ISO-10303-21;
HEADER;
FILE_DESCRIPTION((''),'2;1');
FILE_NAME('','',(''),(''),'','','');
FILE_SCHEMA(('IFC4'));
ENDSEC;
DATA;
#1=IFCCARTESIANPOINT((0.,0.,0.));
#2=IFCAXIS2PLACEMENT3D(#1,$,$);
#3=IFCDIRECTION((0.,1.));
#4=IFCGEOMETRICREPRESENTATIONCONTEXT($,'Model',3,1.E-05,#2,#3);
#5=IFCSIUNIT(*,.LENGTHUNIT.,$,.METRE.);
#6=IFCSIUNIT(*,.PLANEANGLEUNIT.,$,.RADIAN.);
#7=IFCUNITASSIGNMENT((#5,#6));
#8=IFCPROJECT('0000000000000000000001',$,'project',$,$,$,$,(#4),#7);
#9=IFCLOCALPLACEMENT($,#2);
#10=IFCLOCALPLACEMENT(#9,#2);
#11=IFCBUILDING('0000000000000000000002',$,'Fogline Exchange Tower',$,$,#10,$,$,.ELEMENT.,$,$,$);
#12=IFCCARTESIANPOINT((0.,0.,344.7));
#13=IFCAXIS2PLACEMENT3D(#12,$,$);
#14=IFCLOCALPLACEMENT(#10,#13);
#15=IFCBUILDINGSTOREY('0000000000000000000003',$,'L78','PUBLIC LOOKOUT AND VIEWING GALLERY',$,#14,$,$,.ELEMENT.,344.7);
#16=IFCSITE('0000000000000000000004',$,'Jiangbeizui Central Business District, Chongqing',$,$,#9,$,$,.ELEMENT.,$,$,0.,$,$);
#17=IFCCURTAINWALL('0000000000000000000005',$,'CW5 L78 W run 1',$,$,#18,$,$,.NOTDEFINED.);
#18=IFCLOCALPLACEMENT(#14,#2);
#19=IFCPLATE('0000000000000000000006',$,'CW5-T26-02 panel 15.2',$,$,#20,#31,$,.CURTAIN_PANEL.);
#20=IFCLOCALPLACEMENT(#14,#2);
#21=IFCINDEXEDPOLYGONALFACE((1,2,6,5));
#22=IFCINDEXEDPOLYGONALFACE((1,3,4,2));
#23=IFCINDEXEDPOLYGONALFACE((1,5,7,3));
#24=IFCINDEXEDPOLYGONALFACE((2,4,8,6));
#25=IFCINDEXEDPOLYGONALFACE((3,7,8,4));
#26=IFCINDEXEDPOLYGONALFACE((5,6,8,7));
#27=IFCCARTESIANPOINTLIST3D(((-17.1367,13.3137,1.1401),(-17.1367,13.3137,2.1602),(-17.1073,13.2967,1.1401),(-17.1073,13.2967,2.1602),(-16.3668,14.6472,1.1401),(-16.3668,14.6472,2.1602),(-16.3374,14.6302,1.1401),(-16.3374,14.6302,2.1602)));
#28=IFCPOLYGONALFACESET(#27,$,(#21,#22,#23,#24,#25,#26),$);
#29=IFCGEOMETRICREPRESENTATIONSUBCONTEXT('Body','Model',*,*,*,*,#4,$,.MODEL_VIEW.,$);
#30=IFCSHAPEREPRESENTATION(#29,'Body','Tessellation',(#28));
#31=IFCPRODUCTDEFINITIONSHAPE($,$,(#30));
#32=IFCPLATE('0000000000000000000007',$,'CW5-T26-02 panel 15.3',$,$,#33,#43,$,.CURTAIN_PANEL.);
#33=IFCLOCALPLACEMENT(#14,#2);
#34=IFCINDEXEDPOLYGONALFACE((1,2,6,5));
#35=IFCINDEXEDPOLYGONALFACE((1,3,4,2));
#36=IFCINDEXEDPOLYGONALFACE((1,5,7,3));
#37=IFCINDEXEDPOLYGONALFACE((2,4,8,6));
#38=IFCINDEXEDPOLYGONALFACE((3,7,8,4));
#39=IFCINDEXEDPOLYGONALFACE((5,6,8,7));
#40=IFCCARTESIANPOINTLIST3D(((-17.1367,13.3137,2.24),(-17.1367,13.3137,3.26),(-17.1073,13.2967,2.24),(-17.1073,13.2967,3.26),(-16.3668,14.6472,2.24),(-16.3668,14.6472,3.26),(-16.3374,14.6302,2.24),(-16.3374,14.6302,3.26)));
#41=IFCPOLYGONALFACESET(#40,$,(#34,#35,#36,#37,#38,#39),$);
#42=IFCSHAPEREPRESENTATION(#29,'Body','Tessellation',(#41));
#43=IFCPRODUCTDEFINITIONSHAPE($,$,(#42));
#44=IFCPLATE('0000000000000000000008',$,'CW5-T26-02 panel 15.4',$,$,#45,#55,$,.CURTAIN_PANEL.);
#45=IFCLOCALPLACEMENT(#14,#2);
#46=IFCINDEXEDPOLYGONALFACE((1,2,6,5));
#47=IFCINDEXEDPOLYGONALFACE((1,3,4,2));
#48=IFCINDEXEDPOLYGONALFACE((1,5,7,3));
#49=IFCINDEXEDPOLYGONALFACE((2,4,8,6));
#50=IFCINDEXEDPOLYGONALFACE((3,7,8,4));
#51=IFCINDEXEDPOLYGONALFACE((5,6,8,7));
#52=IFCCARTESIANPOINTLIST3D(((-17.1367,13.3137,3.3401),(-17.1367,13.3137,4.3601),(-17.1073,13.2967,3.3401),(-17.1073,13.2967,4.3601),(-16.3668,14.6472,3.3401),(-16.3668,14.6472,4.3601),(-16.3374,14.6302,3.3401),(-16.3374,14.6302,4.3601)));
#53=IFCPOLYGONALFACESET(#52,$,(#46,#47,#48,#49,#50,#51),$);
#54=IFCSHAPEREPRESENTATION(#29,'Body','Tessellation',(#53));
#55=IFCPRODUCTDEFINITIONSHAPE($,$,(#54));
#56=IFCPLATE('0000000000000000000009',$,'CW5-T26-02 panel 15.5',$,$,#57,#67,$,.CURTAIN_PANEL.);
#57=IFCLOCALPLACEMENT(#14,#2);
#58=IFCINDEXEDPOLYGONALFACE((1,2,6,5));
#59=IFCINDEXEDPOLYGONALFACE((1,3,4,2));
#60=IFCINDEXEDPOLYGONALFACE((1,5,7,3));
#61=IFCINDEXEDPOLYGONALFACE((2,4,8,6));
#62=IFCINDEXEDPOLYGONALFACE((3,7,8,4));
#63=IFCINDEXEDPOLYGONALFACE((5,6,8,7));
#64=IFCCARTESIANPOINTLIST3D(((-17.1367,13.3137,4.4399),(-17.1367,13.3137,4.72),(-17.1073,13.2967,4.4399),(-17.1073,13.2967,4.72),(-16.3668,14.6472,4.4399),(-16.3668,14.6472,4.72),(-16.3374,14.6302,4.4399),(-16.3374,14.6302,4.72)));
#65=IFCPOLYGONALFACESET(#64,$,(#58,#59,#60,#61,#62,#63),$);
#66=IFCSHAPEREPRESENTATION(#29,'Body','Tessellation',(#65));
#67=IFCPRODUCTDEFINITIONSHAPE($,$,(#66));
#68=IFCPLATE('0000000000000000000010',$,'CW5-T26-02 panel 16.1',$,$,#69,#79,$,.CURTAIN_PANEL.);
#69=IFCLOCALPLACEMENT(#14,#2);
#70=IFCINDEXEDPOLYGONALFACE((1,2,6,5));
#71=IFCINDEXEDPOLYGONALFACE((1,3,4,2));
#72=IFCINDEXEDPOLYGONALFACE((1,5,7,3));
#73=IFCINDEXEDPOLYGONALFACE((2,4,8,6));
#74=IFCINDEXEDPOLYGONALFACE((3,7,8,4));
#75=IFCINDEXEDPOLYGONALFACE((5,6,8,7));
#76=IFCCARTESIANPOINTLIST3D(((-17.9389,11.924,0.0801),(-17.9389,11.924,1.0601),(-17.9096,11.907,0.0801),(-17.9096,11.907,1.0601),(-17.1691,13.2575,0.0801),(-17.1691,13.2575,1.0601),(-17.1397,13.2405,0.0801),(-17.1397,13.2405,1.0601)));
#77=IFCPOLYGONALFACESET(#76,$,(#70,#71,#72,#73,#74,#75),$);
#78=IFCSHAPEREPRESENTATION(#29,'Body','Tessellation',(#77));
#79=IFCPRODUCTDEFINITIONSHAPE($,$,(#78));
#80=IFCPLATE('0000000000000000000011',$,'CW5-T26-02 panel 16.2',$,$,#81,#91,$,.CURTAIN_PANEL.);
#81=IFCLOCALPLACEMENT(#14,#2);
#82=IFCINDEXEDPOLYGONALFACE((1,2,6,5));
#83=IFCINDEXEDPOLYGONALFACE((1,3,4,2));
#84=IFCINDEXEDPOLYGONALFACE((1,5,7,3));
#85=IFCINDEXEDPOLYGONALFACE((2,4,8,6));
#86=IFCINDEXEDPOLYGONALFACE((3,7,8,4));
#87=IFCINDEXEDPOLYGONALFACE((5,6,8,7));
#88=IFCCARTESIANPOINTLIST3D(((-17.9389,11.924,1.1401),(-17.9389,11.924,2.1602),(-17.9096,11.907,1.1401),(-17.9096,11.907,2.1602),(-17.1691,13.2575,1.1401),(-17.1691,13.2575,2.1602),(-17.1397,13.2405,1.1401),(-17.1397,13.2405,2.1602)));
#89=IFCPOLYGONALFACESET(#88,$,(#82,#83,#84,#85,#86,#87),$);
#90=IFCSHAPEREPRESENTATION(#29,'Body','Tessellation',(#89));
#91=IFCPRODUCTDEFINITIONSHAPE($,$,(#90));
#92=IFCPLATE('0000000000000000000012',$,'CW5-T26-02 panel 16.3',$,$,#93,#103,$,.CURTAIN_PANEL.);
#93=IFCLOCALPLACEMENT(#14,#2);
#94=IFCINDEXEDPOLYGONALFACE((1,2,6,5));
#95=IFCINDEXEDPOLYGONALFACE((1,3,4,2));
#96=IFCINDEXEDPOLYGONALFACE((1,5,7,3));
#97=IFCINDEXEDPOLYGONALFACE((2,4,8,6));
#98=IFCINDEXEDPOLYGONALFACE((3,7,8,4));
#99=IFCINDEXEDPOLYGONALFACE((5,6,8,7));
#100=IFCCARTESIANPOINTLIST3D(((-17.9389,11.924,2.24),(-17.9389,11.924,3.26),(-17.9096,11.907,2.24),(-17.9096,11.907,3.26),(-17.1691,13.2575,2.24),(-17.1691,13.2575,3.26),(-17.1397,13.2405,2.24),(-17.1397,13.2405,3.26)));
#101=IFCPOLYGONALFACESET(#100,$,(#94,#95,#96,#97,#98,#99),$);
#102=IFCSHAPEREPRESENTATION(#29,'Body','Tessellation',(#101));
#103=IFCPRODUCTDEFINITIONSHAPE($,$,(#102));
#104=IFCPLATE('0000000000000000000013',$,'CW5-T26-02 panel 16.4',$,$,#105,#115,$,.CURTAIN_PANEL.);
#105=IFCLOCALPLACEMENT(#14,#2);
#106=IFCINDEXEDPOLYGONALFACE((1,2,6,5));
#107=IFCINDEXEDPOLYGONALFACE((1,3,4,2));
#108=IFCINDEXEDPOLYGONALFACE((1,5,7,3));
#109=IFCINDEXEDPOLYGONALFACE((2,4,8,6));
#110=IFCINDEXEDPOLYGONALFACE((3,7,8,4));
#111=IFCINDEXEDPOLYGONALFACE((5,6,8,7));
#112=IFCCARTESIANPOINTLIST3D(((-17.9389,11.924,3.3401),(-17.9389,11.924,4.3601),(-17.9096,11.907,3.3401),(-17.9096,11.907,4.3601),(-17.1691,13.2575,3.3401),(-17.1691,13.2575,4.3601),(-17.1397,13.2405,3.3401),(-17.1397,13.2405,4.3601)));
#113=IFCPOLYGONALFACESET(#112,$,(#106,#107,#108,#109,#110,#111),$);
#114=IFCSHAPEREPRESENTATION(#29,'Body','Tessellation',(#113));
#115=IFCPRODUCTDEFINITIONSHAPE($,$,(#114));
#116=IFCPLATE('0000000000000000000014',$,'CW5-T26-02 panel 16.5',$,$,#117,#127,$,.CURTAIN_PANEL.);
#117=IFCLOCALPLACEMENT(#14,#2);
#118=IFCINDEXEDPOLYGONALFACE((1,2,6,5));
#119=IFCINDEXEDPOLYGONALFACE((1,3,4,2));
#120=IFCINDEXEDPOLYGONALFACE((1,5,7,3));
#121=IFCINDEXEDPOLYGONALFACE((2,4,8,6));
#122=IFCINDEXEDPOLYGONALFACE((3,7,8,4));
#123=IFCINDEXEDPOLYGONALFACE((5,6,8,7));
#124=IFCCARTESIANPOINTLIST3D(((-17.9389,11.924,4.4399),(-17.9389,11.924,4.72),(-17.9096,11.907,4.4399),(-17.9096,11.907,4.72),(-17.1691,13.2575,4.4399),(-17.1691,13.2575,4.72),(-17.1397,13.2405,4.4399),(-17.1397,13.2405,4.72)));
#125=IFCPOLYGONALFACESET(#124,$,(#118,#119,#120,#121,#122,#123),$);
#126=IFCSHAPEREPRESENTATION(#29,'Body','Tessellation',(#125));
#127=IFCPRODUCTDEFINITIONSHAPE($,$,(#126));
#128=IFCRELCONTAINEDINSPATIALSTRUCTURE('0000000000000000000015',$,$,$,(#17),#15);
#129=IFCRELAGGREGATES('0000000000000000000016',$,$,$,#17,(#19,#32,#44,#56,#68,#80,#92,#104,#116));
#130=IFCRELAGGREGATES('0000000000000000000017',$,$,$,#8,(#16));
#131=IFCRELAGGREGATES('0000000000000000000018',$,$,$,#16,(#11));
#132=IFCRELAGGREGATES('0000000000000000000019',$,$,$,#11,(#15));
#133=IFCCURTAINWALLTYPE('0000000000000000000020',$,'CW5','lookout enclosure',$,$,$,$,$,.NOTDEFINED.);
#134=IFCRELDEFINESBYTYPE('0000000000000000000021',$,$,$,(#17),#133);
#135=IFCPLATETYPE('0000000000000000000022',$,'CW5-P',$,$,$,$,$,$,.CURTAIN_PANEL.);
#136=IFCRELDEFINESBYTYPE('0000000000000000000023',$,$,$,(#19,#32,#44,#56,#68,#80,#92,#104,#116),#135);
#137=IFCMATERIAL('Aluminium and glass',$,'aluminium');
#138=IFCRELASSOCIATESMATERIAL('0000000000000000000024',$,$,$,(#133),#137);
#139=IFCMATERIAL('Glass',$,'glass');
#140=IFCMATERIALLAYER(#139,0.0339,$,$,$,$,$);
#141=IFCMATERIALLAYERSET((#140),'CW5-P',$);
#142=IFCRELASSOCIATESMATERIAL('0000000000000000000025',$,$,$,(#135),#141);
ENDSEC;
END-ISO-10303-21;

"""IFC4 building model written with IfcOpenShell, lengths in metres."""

from ifc_helpers import new_model, si_unit, direction, frame, origin, origin_2d, place, context, subcontext, project, spatial, rectangle, extrude, material, layer, layer_set, type_object, element, aggregate, save


model = new_model("IFC4")

# Units and contexts
model_context = context("Model", 3, precision=1e-05, world=origin(), true_north=direction((0.0, 1.0)))
body_context = subcontext(model_context, "Body", "Model", "MODEL_VIEW")
ifc_project = project(units=[si_unit("LENGTHUNIT", "METRE"), si_unit("PLANEANGLEUNIT", "RADIAN")], contexts=[model_context])

# Site, building, storey
site_placement = place(None, origin())
site = spatial("IfcSite", under=ifc_project, at=site_placement, Name="Jiangbeizui Central Business District, Chongqing", CompositionType="ELEMENT", RefElevation=0.0)
building_placement = place(site_placement, origin())
building = spatial("IfcBuilding", under=site, at=building_placement, Name="Fogline Exchange Tower", CompositionType="ELEMENT")
storey_placement = place(building_placement, frame((0.0, 0.0, 344.7)))
storey = spatial("IfcBuildingStorey", under=building, at=storey_placement, Name="L78", Description="PUBLIC LOOKOUT AND VIEWING GALLERY", CompositionType="ELEMENT", Elevation=344.7)

# Curtain wall, plates
ifc_material_1 = material(Name="Aluminium and glass", Category="aluminium")
curtain_wall_type = type_object("IfcCurtainWallType", Name="CW5", Description="lookout enclosure", PredefinedType="NOTDEFINED", material=ifc_material_1)
curtain_wall_placement = place(storey_placement, origin())
curtain_wall = element("IfcCurtainWall", 1, at=curtain_wall_placement, inside=storey, type_object=curtain_wall_type, Name="CW5 L78 W run 1", PredefinedType="NOTDEFINED")
ifc_material_2 = material(Name="Glass", Category="glass")
ifc_layer = layer(ifc_material_2, 0.0339)
ifc_layer_set = layer_set([ifc_layer], Name="CW5-P")
plate_type = type_object("IfcPlateType", Name="CW5-P", PredefinedType="CURTAIN_PANEL", material=ifc_layer_set)
plate_1_placement = place(storey_placement, frame((-16.7371, 13.9719, 1.1401), z_axis=(0.0, 0.0, 1.0), x_axis=(-0.5, -0.866025, 0.0)))
plate_1 = element("IfcPlate", 2, at=plate_1_placement, type_object=plate_type, Name="CW5-T26-02 panel 15.2", PredefinedType="CURTAIN_PANEL", context=body_context, shape_type="SweptSolid", body=[
    extrude(rectangle(XDim=1.5398, YDim=0.0339, at=origin_2d()), origin(), (0.0, 0.0, 1.0), 1.02),
])
plate_2_placement = place(storey_placement, frame((-16.7371, 13.9719, 2.24), z_axis=(0.0, 0.0, 1.0), x_axis=(-0.5, -0.866025, 0.0)))
plate_2 = element("IfcPlate", 3, at=plate_2_placement, type_object=plate_type, Name="CW5-T26-02 panel 15.3", PredefinedType="CURTAIN_PANEL", context=body_context, shape_type="SweptSolid", body=[
    extrude(rectangle(XDim=1.5398, YDim=0.0339, at=origin_2d()), origin(), (0.0, 0.0, 1.0), 1.02),
])
plate_3_placement = place(storey_placement, frame((-16.7371, 13.9719, 3.3401), z_axis=(0.0, 0.0, 1.0), x_axis=(-0.5, -0.866025, 0.0)))
plate_3 = element("IfcPlate", 4, at=plate_3_placement, type_object=plate_type, Name="CW5-T26-02 panel 15.4", PredefinedType="CURTAIN_PANEL", context=body_context, shape_type="SweptSolid", body=[
    extrude(rectangle(XDim=1.5398, YDim=0.0339, at=origin_2d()), origin(), (0.0, 0.0, 1.0), 1.02),
])
plate_4_placement = place(storey_placement, frame((-16.7371, 13.9719, 4.4399), z_axis=(0.0, 0.0, 1.0), x_axis=(-0.5, -0.866025, 0.0)))
plate_4 = element("IfcPlate", 5, at=plate_4_placement, type_object=plate_type, Name="CW5-T26-02 panel 15.5", PredefinedType="CURTAIN_PANEL", context=body_context, shape_type="SweptSolid", body=[
    extrude(rectangle(XDim=1.5398, YDim=0.0339, at=origin_2d()), origin(), (0.0, 0.0, 1.0), 0.28),
])
plate_5_placement = place(storey_placement, frame((-17.5393, 12.5823, 0.0801), z_axis=(0.0, 0.0, 1.0), x_axis=(-0.5, -0.866025, 0.0)))
plate_5 = element("IfcPlate", 6, at=plate_5_placement, type_object=plate_type, Name="CW5-T26-02 panel 16.1", PredefinedType="CURTAIN_PANEL", context=body_context, shape_type="SweptSolid", body=[
    extrude(rectangle(XDim=1.5398, YDim=0.0339, at=origin_2d()), origin(), (0.0, 0.0, 1.0), 0.98),
])
plate_6_placement = place(storey_placement, frame((-17.5393, 12.5823, 1.1401), z_axis=(0.0, 0.0, 1.0), x_axis=(-0.5, -0.866025, 0.0)))
plate_6 = element("IfcPlate", 7, at=plate_6_placement, type_object=plate_type, Name="CW5-T26-02 panel 16.2", PredefinedType="CURTAIN_PANEL", context=body_context, shape_type="SweptSolid", body=[
    extrude(rectangle(XDim=1.5398, YDim=0.0339, at=origin_2d()), origin(), (0.0, 0.0, 1.0), 1.02),
])
plate_7_placement = place(storey_placement, frame((-17.5393, 12.5823, 2.24), z_axis=(0.0, 0.0, 1.0), x_axis=(-0.5, -0.866025, 0.0)))
plate_7 = element("IfcPlate", 8, at=plate_7_placement, type_object=plate_type, Name="CW5-T26-02 panel 16.3", PredefinedType="CURTAIN_PANEL", context=body_context, shape_type="SweptSolid", body=[
    extrude(rectangle(XDim=1.5398, YDim=0.0339, at=origin_2d()), origin(), (0.0, 0.0, 1.0), 1.02),
])
plate_8_placement = place(storey_placement, frame((-17.5393, 12.5823, 3.3401), z_axis=(0.0, 0.0, 1.0), x_axis=(-0.5, -0.866025, 0.0)))
plate_8 = element("IfcPlate", 9, at=plate_8_placement, type_object=plate_type, Name="CW5-T26-02 panel 16.4", PredefinedType="CURTAIN_PANEL", context=body_context, shape_type="SweptSolid", body=[
    extrude(rectangle(XDim=1.5398, YDim=0.0339, at=origin_2d()), origin(), (0.0, 0.0, 1.0), 1.02),
])
plate_9_placement = place(storey_placement, frame((-17.5393, 12.5823, 4.4399), z_axis=(0.0, 0.0, 1.0), x_axis=(-0.5, -0.866025, 0.0)))
plate_9 = element("IfcPlate", 10, at=plate_9_placement, type_object=plate_type, Name="CW5-T26-02 panel 16.5", PredefinedType="CURTAIN_PANEL", context=body_context, shape_type="SweptSolid", body=[
    extrude(rectangle(XDim=1.5398, YDim=0.0339, at=origin_2d()), origin(), (0.0, 0.0, 1.0), 0.28),
])
aggregate(curtain_wall, [plate_1, plate_2, plate_3, plate_4, plate_5, plate_6, plate_7, plate_8, plate_9])

save(model, "model.ifc")
